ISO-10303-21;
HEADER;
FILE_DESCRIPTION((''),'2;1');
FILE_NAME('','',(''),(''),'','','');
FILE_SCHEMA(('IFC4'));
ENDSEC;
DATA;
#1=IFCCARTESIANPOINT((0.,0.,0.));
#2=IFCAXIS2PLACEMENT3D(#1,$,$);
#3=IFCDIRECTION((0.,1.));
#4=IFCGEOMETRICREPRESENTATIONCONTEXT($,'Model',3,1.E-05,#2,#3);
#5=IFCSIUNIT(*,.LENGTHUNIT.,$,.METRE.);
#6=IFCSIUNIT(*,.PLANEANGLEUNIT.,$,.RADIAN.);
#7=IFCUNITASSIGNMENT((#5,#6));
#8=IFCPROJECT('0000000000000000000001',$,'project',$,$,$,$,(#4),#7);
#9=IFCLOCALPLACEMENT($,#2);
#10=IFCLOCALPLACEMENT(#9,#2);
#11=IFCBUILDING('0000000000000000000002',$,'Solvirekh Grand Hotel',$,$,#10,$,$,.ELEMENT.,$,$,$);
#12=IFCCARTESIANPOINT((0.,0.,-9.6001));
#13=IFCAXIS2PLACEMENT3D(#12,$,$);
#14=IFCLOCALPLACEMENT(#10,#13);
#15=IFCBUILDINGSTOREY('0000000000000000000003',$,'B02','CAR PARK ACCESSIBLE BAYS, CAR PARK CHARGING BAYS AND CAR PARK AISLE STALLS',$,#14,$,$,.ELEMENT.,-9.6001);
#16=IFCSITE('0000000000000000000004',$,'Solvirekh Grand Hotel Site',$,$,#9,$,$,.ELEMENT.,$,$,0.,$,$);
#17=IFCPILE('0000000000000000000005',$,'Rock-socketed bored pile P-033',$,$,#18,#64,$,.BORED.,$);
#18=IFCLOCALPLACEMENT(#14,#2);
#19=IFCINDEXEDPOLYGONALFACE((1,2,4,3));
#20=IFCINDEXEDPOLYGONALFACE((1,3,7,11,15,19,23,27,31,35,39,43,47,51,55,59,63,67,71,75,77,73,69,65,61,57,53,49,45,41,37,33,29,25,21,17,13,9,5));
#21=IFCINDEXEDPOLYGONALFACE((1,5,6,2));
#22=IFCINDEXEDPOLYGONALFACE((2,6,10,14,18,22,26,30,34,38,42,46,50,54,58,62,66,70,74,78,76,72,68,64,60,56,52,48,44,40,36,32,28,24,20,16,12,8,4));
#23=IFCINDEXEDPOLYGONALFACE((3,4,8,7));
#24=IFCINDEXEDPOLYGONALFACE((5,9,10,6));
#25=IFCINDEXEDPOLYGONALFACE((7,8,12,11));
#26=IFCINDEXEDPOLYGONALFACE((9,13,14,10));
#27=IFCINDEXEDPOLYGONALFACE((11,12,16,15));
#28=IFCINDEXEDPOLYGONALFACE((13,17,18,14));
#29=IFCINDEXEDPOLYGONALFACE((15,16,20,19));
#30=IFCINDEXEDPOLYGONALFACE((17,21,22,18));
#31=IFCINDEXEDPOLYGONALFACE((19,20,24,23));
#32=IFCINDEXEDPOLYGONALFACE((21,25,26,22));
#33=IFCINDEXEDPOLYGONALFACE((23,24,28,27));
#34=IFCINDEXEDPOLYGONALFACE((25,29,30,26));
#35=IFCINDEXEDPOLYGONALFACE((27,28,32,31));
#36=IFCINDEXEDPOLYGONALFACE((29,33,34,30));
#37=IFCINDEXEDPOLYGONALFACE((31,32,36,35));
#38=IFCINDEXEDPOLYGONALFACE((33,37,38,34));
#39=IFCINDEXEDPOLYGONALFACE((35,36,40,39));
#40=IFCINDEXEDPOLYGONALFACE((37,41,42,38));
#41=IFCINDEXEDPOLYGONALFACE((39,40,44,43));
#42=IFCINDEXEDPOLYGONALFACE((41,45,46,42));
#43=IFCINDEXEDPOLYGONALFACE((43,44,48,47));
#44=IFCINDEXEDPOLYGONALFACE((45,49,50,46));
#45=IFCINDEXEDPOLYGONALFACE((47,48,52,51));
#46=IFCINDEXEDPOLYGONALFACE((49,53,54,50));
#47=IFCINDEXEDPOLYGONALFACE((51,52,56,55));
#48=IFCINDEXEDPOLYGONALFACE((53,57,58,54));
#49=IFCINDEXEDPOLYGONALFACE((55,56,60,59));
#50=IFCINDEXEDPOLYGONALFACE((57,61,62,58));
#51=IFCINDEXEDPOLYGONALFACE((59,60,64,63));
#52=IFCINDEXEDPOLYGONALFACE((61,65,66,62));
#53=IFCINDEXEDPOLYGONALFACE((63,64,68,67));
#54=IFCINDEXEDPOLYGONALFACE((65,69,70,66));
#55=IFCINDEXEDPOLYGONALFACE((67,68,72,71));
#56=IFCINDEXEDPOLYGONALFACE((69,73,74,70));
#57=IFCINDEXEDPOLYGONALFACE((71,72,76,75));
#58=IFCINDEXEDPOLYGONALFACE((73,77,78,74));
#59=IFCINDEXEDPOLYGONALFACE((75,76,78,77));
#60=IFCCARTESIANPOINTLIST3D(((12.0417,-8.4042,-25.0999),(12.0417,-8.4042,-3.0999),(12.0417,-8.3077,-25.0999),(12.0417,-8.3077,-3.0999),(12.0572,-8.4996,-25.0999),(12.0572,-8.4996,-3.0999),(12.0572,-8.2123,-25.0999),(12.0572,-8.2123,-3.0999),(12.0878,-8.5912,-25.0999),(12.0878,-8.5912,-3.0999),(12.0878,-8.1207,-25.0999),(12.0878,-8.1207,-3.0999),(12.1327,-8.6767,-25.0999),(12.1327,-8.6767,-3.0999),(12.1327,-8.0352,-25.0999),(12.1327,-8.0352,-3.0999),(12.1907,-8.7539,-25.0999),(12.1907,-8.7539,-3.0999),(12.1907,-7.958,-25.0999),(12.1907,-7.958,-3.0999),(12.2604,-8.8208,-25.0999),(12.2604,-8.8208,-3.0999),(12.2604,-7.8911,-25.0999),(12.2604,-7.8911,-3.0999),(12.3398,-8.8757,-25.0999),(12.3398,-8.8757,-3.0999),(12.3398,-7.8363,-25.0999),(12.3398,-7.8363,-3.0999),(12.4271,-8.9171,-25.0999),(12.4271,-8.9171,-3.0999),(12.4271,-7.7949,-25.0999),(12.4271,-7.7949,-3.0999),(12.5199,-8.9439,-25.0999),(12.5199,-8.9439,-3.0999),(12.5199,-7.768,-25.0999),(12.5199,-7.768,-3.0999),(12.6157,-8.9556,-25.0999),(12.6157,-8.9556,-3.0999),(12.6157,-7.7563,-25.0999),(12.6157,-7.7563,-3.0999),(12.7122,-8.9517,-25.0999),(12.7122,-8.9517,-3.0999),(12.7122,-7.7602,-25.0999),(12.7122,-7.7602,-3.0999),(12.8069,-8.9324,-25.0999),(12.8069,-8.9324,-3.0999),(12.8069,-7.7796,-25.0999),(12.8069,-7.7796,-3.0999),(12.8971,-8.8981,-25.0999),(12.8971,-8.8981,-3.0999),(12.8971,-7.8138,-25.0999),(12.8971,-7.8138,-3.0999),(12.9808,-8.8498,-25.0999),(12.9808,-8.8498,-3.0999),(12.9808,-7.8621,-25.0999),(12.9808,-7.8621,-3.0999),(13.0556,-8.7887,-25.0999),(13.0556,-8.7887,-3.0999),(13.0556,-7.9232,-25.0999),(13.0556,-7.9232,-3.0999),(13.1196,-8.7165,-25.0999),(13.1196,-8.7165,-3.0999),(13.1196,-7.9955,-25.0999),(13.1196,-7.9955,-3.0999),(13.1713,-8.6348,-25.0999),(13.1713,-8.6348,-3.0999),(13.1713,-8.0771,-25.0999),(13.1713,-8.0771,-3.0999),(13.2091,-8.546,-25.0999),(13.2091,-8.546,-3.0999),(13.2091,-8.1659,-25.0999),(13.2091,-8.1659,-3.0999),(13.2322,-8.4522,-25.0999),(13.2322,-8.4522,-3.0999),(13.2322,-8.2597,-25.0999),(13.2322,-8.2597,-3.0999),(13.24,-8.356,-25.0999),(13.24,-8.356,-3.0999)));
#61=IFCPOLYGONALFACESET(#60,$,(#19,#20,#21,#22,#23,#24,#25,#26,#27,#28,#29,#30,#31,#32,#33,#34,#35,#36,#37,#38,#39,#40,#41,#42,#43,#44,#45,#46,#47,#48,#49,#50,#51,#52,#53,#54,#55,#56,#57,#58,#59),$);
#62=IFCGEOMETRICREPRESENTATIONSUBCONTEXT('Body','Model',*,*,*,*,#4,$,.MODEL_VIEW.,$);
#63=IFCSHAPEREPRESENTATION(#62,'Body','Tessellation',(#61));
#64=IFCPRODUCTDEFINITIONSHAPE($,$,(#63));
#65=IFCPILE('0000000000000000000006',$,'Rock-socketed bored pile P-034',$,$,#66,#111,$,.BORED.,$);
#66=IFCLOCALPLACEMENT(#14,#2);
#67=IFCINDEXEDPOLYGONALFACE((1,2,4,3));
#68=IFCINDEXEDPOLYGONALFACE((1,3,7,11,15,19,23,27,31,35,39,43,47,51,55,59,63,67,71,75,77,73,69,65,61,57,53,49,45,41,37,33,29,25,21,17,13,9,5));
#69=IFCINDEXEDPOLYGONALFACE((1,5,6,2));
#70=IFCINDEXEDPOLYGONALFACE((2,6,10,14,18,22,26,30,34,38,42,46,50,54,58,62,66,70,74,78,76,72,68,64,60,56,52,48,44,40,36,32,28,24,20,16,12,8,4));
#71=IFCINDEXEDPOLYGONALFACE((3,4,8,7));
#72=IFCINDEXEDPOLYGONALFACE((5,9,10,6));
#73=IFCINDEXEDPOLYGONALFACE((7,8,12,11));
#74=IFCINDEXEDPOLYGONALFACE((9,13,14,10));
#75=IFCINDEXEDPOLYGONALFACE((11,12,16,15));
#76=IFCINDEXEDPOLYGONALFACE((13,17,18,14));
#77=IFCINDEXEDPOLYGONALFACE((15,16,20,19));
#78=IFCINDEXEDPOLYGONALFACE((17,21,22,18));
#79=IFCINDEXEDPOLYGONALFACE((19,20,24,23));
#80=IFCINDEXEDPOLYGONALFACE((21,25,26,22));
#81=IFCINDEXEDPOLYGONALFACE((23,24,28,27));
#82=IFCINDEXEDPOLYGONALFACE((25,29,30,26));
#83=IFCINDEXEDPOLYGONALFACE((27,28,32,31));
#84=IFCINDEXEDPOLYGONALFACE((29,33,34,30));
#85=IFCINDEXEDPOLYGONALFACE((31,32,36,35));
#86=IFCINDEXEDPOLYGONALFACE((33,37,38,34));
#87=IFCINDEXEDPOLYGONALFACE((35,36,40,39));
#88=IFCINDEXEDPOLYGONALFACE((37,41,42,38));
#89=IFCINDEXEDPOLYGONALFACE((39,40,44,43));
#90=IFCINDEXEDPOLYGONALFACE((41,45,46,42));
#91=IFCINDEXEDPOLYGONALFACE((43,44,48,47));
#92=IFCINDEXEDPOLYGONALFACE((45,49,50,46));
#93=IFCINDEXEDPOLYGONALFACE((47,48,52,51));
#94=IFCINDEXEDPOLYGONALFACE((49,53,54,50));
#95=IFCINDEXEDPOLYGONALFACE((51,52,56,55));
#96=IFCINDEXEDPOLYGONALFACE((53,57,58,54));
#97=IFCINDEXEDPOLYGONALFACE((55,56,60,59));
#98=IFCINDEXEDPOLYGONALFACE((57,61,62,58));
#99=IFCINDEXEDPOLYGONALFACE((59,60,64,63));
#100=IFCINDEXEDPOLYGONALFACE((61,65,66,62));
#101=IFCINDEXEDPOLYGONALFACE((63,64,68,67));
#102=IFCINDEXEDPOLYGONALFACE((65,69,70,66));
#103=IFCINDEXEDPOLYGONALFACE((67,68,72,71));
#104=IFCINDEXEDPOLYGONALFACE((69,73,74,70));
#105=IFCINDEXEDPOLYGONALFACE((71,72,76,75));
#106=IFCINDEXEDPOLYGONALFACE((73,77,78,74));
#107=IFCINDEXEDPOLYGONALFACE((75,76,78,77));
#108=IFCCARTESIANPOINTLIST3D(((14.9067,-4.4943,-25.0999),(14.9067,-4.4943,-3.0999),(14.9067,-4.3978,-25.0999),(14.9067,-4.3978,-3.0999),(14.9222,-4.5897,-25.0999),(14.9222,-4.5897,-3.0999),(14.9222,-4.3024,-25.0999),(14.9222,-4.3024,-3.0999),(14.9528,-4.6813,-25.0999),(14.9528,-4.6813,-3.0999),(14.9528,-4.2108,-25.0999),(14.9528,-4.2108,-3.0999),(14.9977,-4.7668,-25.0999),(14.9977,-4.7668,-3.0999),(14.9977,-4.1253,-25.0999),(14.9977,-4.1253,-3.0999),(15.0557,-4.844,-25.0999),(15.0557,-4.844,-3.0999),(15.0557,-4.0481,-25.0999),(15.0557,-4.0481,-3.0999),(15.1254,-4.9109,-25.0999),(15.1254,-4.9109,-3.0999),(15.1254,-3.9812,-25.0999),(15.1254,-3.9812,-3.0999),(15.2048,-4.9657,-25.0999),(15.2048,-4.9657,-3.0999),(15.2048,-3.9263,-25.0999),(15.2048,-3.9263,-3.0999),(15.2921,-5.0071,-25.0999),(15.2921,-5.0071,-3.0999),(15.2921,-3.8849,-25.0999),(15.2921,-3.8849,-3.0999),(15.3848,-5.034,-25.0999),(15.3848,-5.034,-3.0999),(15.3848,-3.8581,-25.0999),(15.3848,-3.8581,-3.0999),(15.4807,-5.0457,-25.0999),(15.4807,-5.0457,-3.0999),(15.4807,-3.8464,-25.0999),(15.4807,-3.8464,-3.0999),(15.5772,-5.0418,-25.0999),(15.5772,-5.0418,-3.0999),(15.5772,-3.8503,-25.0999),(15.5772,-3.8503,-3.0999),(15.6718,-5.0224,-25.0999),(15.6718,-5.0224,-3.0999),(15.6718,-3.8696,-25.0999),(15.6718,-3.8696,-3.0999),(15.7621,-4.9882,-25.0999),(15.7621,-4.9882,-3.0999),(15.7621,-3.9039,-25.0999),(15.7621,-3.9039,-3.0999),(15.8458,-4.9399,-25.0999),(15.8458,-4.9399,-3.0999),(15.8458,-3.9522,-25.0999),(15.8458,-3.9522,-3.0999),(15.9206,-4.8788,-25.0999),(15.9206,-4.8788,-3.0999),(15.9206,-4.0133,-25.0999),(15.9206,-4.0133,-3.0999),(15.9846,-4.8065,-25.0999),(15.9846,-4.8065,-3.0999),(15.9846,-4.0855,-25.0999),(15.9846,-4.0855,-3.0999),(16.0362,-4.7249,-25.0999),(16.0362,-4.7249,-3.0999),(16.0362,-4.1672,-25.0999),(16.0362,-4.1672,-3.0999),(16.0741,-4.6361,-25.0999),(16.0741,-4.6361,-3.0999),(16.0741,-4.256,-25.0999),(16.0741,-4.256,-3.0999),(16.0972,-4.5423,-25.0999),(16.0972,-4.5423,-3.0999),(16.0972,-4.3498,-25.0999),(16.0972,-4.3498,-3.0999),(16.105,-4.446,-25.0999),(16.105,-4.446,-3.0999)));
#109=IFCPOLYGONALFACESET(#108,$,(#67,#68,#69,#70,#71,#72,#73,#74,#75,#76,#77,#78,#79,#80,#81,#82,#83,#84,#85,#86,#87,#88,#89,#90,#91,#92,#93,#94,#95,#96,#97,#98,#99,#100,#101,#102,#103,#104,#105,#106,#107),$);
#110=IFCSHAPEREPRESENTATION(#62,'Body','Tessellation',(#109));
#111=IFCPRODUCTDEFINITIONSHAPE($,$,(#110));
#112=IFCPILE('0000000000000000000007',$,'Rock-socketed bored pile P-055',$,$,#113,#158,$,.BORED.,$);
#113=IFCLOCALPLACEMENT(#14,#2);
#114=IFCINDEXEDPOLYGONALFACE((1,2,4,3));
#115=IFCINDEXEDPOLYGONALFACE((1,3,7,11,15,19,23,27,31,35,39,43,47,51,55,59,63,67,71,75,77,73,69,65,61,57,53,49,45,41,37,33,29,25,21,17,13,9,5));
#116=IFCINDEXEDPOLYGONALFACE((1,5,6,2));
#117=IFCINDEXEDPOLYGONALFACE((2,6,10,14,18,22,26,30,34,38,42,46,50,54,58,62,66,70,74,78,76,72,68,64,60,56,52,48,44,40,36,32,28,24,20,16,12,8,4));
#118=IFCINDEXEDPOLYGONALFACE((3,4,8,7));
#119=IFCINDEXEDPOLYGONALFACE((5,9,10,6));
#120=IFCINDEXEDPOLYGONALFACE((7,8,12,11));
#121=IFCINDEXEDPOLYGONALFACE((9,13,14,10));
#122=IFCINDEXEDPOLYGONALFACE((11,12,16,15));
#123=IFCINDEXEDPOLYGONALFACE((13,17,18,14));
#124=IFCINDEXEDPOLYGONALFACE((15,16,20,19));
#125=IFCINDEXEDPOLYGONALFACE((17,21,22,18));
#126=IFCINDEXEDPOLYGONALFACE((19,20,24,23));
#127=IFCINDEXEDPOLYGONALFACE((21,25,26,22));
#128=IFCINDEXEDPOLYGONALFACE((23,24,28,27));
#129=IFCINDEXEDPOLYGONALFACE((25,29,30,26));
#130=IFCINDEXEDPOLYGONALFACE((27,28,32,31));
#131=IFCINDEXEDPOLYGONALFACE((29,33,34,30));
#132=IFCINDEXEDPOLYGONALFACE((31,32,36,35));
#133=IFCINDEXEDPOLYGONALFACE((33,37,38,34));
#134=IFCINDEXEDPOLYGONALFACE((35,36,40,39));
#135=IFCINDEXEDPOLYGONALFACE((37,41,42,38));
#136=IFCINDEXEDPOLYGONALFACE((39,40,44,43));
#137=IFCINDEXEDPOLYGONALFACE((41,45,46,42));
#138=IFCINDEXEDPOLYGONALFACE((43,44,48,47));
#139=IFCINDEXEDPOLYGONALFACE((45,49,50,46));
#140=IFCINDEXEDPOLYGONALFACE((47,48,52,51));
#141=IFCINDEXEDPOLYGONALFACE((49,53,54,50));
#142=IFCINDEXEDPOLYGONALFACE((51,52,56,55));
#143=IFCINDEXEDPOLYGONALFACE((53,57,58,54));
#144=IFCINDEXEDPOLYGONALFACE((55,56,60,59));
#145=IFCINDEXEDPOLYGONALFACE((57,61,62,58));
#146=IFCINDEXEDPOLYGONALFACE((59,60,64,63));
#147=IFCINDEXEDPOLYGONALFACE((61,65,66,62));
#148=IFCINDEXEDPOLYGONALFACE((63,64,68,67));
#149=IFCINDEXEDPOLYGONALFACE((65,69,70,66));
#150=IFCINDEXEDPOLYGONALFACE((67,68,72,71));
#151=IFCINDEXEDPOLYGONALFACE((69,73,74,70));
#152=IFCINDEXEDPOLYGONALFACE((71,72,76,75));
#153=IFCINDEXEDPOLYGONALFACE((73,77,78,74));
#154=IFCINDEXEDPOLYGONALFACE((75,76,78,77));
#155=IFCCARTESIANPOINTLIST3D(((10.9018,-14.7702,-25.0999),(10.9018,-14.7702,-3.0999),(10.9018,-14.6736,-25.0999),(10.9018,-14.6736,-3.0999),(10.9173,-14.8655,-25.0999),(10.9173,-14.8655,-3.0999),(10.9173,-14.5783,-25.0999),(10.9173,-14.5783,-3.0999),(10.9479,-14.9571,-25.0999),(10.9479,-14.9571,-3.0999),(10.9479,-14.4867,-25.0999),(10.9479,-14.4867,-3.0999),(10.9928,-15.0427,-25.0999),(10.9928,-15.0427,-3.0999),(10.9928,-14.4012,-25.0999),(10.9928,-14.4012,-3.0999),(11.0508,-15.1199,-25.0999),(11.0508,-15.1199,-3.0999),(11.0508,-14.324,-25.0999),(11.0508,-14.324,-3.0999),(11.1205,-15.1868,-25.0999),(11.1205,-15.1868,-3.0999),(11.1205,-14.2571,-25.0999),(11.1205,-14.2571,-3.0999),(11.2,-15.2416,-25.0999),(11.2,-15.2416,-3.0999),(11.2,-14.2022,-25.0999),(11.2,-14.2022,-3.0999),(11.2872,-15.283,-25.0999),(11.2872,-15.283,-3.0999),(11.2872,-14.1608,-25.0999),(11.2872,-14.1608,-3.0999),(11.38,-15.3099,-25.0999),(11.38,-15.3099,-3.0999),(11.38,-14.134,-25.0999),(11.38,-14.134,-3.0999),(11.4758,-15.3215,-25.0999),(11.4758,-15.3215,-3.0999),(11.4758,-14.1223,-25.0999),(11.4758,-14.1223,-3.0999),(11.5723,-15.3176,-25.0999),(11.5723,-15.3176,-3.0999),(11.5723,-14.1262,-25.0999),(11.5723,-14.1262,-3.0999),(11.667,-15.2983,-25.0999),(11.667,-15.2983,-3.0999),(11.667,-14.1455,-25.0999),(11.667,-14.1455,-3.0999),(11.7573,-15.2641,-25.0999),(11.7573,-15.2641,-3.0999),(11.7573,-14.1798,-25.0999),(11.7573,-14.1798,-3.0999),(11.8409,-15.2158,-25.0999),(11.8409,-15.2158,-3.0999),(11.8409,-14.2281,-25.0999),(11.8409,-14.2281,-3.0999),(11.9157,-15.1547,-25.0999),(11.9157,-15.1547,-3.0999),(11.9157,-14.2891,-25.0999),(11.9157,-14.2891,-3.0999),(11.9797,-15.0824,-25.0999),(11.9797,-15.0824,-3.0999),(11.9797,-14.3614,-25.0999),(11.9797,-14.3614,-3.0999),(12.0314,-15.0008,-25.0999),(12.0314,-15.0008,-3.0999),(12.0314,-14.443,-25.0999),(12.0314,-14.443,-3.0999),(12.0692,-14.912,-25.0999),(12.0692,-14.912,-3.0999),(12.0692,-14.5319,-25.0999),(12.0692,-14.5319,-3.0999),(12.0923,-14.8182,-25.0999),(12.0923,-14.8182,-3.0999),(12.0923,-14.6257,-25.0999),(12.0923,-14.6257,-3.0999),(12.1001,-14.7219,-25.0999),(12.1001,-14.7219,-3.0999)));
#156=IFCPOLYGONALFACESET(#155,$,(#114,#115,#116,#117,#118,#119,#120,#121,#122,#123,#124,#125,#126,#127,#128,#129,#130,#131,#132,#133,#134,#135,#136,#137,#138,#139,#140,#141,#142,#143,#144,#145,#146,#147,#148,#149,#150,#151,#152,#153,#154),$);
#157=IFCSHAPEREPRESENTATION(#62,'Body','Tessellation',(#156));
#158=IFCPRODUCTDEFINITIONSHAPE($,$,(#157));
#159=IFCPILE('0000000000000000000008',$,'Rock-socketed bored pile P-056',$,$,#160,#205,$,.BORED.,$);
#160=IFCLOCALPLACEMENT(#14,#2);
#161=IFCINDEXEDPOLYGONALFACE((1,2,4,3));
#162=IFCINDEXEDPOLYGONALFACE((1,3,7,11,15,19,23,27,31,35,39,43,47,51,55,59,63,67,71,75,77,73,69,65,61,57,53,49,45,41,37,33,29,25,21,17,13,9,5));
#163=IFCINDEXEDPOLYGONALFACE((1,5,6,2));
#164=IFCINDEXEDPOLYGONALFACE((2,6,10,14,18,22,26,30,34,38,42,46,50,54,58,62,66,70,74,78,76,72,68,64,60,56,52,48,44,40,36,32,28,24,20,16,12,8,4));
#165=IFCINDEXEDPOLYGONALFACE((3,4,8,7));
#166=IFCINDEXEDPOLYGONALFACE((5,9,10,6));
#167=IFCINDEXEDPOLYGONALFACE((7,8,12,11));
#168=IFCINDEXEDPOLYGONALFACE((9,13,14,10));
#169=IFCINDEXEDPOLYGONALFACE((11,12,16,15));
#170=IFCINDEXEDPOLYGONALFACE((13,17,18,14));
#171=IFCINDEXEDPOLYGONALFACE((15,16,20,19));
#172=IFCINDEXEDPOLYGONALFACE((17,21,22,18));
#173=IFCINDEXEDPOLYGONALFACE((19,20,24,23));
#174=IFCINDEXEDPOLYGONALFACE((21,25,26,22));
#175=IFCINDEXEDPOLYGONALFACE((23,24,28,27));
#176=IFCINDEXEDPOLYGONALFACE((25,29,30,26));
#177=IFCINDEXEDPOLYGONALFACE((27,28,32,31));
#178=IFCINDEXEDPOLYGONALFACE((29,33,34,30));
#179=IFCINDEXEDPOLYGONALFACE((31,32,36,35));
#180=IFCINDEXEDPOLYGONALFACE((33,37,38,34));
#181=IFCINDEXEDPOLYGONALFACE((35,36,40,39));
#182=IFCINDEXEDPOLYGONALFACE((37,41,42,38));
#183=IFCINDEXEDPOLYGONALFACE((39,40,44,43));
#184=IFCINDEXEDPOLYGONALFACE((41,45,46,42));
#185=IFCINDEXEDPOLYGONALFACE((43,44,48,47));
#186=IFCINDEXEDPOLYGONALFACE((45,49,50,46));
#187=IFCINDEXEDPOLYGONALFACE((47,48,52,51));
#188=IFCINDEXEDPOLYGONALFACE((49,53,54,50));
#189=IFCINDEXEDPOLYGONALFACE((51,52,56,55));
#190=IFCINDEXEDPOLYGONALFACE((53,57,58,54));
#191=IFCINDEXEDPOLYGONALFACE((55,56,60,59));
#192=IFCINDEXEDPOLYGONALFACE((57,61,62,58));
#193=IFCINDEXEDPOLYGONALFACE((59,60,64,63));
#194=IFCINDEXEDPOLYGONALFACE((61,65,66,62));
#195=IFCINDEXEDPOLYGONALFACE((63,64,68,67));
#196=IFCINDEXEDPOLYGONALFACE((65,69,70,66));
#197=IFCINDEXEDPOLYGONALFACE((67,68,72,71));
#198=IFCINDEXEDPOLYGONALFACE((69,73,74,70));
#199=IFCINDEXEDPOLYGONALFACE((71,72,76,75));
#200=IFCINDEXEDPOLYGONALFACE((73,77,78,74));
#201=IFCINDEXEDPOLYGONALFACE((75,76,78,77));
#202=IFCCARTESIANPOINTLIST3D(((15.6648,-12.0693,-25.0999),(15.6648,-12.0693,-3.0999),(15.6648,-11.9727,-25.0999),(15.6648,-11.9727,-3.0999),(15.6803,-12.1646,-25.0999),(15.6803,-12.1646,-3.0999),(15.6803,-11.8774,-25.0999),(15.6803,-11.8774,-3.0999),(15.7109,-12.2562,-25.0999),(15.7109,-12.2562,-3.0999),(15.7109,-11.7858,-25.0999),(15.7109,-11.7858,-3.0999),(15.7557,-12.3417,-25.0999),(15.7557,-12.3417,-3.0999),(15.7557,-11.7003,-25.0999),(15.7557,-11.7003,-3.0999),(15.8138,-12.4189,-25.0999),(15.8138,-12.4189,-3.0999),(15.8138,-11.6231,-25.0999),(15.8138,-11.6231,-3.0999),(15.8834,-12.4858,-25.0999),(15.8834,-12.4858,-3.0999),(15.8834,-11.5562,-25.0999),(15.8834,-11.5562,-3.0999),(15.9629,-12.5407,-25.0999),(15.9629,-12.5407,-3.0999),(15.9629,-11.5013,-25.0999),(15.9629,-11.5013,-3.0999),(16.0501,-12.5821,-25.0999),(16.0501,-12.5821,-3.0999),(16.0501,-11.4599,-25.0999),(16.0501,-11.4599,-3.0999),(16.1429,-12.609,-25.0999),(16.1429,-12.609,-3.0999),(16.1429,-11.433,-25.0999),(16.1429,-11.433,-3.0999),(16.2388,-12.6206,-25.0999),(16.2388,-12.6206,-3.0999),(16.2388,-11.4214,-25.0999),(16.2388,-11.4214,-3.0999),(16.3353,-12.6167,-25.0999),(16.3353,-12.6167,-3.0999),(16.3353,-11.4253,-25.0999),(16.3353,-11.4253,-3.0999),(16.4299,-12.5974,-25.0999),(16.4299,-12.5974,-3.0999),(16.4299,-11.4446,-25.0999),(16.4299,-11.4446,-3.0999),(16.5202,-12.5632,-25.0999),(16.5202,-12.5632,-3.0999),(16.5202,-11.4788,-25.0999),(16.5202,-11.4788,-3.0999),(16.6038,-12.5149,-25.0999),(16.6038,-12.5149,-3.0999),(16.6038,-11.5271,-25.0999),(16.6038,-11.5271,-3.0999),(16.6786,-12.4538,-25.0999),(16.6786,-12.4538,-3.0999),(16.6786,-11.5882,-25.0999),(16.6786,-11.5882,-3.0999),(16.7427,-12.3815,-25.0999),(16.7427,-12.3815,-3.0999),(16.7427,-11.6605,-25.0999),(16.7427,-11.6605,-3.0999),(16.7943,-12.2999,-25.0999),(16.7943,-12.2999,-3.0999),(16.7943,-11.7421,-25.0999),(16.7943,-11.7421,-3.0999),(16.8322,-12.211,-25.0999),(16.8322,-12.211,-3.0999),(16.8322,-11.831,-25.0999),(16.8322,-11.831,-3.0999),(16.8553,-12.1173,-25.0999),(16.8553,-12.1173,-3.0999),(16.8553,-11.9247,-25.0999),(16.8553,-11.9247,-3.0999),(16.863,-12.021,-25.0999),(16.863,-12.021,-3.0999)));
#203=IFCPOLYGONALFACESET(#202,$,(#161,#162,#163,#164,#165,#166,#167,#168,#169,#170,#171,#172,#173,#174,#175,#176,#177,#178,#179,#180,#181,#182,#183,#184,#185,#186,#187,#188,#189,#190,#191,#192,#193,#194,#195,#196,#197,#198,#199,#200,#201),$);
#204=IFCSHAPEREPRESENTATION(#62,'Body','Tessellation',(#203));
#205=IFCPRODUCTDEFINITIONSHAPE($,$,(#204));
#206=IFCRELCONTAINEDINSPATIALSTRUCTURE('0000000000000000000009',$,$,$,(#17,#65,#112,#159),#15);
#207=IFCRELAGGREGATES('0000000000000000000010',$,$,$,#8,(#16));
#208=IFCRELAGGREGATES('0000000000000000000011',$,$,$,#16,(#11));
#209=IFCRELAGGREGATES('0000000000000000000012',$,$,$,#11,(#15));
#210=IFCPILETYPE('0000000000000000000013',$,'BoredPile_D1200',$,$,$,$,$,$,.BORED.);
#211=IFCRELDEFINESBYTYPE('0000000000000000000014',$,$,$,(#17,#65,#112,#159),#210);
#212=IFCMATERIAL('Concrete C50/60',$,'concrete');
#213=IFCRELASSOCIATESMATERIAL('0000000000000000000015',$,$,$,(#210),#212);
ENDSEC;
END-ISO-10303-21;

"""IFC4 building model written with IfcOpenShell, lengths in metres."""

from ifc_helpers import new_model, si_unit, direction, frame, origin, origin_2d, place, context, subcontext, project, spatial, circle, extrude, material, material_profile, profile_set, type_object, element, save


model = new_model("IFC4")

# Units and contexts
model_context = context("Model", 3, precision=1e-05, world=origin(), true_north=direction((0.0, 1.0)))
body_context = subcontext(model_context, "Body", "Model", "MODEL_VIEW")
ifc_project = project(units=[si_unit("LENGTHUNIT", "METRE"), si_unit("PLANEANGLEUNIT", "RADIAN")], contexts=[model_context])

# Site, building, storey
site_placement = place(None, origin())
site = spatial("IfcSite", under=ifc_project, at=site_placement, Name="Solvirekh Grand Hotel Site", CompositionType="ELEMENT", RefElevation=0.0)
building_placement = place(site_placement, origin())
building = spatial("IfcBuilding", under=site, at=building_placement, Name="Solvirekh Grand Hotel", CompositionType="ELEMENT")
storey_placement = place(building_placement, frame((0.0, 0.0, -9.6001)))
storey = spatial("IfcBuildingStorey", under=building, at=storey_placement, Name="B02", Description="CAR PARK ACCESSIBLE BAYS, CAR PARK CHARGING BAYS AND CAR PARK AISLE STALLS", CompositionType="ELEMENT", Elevation=-9.6001)

# Piles
ifc_material_1 = material(Name="Concrete C50/60", Category="concrete")
ifc_material_profile_1 = material_profile(ifc_material_1, circle(Radius=0.6001, at=origin_2d()), Name="BORED PILE D1200")
ifc_profile_set_1 = profile_set([ifc_material_profile_1], Name="Concrete C50/60")
pile_type_1 = type_object("IfcPileType", Name="BoredPile_D1200", PredefinedType="BORED", material=ifc_profile_set_1)
for number, where, z_axis, x_axis, name in (
    (1, (12.6399, -8.356, -3.0999), (0.0, 0.0, -1.0), (1.0, 0.0, 0.0), "Rock-socketed bored pile P-033"),
    (2, (15.5049, -4.446, -3.0999), (0.0, 0.0, -1.0), (1.0, 0.0, 0.0), "Rock-socketed bored pile P-034"),
    (3, (11.5, -14.7219, -3.0999), (0.0, 0.0, -1.0), (1.0, 0.0, 0.0), "Rock-socketed bored pile P-055"),
    (4, (16.2629, -12.021, -3.0999), (0.0, 0.0, -1.0), (1.0, 0.0, 0.0), "Rock-socketed bored pile P-056"),
):
    element("IfcPile", number, at=place(storey_placement, frame(where, z_axis=z_axis, x_axis=x_axis)), inside=storey, type_object=pile_type_1, Name=name, PredefinedType="BORED", context=body_context, shape_type="SweptSolid", body=[
        extrude(circle(Radius=0.6001, at=origin_2d()), origin(), (0.0, 0.0, 1.0), 22.0),
    ])

save(model, "model.ifc")
